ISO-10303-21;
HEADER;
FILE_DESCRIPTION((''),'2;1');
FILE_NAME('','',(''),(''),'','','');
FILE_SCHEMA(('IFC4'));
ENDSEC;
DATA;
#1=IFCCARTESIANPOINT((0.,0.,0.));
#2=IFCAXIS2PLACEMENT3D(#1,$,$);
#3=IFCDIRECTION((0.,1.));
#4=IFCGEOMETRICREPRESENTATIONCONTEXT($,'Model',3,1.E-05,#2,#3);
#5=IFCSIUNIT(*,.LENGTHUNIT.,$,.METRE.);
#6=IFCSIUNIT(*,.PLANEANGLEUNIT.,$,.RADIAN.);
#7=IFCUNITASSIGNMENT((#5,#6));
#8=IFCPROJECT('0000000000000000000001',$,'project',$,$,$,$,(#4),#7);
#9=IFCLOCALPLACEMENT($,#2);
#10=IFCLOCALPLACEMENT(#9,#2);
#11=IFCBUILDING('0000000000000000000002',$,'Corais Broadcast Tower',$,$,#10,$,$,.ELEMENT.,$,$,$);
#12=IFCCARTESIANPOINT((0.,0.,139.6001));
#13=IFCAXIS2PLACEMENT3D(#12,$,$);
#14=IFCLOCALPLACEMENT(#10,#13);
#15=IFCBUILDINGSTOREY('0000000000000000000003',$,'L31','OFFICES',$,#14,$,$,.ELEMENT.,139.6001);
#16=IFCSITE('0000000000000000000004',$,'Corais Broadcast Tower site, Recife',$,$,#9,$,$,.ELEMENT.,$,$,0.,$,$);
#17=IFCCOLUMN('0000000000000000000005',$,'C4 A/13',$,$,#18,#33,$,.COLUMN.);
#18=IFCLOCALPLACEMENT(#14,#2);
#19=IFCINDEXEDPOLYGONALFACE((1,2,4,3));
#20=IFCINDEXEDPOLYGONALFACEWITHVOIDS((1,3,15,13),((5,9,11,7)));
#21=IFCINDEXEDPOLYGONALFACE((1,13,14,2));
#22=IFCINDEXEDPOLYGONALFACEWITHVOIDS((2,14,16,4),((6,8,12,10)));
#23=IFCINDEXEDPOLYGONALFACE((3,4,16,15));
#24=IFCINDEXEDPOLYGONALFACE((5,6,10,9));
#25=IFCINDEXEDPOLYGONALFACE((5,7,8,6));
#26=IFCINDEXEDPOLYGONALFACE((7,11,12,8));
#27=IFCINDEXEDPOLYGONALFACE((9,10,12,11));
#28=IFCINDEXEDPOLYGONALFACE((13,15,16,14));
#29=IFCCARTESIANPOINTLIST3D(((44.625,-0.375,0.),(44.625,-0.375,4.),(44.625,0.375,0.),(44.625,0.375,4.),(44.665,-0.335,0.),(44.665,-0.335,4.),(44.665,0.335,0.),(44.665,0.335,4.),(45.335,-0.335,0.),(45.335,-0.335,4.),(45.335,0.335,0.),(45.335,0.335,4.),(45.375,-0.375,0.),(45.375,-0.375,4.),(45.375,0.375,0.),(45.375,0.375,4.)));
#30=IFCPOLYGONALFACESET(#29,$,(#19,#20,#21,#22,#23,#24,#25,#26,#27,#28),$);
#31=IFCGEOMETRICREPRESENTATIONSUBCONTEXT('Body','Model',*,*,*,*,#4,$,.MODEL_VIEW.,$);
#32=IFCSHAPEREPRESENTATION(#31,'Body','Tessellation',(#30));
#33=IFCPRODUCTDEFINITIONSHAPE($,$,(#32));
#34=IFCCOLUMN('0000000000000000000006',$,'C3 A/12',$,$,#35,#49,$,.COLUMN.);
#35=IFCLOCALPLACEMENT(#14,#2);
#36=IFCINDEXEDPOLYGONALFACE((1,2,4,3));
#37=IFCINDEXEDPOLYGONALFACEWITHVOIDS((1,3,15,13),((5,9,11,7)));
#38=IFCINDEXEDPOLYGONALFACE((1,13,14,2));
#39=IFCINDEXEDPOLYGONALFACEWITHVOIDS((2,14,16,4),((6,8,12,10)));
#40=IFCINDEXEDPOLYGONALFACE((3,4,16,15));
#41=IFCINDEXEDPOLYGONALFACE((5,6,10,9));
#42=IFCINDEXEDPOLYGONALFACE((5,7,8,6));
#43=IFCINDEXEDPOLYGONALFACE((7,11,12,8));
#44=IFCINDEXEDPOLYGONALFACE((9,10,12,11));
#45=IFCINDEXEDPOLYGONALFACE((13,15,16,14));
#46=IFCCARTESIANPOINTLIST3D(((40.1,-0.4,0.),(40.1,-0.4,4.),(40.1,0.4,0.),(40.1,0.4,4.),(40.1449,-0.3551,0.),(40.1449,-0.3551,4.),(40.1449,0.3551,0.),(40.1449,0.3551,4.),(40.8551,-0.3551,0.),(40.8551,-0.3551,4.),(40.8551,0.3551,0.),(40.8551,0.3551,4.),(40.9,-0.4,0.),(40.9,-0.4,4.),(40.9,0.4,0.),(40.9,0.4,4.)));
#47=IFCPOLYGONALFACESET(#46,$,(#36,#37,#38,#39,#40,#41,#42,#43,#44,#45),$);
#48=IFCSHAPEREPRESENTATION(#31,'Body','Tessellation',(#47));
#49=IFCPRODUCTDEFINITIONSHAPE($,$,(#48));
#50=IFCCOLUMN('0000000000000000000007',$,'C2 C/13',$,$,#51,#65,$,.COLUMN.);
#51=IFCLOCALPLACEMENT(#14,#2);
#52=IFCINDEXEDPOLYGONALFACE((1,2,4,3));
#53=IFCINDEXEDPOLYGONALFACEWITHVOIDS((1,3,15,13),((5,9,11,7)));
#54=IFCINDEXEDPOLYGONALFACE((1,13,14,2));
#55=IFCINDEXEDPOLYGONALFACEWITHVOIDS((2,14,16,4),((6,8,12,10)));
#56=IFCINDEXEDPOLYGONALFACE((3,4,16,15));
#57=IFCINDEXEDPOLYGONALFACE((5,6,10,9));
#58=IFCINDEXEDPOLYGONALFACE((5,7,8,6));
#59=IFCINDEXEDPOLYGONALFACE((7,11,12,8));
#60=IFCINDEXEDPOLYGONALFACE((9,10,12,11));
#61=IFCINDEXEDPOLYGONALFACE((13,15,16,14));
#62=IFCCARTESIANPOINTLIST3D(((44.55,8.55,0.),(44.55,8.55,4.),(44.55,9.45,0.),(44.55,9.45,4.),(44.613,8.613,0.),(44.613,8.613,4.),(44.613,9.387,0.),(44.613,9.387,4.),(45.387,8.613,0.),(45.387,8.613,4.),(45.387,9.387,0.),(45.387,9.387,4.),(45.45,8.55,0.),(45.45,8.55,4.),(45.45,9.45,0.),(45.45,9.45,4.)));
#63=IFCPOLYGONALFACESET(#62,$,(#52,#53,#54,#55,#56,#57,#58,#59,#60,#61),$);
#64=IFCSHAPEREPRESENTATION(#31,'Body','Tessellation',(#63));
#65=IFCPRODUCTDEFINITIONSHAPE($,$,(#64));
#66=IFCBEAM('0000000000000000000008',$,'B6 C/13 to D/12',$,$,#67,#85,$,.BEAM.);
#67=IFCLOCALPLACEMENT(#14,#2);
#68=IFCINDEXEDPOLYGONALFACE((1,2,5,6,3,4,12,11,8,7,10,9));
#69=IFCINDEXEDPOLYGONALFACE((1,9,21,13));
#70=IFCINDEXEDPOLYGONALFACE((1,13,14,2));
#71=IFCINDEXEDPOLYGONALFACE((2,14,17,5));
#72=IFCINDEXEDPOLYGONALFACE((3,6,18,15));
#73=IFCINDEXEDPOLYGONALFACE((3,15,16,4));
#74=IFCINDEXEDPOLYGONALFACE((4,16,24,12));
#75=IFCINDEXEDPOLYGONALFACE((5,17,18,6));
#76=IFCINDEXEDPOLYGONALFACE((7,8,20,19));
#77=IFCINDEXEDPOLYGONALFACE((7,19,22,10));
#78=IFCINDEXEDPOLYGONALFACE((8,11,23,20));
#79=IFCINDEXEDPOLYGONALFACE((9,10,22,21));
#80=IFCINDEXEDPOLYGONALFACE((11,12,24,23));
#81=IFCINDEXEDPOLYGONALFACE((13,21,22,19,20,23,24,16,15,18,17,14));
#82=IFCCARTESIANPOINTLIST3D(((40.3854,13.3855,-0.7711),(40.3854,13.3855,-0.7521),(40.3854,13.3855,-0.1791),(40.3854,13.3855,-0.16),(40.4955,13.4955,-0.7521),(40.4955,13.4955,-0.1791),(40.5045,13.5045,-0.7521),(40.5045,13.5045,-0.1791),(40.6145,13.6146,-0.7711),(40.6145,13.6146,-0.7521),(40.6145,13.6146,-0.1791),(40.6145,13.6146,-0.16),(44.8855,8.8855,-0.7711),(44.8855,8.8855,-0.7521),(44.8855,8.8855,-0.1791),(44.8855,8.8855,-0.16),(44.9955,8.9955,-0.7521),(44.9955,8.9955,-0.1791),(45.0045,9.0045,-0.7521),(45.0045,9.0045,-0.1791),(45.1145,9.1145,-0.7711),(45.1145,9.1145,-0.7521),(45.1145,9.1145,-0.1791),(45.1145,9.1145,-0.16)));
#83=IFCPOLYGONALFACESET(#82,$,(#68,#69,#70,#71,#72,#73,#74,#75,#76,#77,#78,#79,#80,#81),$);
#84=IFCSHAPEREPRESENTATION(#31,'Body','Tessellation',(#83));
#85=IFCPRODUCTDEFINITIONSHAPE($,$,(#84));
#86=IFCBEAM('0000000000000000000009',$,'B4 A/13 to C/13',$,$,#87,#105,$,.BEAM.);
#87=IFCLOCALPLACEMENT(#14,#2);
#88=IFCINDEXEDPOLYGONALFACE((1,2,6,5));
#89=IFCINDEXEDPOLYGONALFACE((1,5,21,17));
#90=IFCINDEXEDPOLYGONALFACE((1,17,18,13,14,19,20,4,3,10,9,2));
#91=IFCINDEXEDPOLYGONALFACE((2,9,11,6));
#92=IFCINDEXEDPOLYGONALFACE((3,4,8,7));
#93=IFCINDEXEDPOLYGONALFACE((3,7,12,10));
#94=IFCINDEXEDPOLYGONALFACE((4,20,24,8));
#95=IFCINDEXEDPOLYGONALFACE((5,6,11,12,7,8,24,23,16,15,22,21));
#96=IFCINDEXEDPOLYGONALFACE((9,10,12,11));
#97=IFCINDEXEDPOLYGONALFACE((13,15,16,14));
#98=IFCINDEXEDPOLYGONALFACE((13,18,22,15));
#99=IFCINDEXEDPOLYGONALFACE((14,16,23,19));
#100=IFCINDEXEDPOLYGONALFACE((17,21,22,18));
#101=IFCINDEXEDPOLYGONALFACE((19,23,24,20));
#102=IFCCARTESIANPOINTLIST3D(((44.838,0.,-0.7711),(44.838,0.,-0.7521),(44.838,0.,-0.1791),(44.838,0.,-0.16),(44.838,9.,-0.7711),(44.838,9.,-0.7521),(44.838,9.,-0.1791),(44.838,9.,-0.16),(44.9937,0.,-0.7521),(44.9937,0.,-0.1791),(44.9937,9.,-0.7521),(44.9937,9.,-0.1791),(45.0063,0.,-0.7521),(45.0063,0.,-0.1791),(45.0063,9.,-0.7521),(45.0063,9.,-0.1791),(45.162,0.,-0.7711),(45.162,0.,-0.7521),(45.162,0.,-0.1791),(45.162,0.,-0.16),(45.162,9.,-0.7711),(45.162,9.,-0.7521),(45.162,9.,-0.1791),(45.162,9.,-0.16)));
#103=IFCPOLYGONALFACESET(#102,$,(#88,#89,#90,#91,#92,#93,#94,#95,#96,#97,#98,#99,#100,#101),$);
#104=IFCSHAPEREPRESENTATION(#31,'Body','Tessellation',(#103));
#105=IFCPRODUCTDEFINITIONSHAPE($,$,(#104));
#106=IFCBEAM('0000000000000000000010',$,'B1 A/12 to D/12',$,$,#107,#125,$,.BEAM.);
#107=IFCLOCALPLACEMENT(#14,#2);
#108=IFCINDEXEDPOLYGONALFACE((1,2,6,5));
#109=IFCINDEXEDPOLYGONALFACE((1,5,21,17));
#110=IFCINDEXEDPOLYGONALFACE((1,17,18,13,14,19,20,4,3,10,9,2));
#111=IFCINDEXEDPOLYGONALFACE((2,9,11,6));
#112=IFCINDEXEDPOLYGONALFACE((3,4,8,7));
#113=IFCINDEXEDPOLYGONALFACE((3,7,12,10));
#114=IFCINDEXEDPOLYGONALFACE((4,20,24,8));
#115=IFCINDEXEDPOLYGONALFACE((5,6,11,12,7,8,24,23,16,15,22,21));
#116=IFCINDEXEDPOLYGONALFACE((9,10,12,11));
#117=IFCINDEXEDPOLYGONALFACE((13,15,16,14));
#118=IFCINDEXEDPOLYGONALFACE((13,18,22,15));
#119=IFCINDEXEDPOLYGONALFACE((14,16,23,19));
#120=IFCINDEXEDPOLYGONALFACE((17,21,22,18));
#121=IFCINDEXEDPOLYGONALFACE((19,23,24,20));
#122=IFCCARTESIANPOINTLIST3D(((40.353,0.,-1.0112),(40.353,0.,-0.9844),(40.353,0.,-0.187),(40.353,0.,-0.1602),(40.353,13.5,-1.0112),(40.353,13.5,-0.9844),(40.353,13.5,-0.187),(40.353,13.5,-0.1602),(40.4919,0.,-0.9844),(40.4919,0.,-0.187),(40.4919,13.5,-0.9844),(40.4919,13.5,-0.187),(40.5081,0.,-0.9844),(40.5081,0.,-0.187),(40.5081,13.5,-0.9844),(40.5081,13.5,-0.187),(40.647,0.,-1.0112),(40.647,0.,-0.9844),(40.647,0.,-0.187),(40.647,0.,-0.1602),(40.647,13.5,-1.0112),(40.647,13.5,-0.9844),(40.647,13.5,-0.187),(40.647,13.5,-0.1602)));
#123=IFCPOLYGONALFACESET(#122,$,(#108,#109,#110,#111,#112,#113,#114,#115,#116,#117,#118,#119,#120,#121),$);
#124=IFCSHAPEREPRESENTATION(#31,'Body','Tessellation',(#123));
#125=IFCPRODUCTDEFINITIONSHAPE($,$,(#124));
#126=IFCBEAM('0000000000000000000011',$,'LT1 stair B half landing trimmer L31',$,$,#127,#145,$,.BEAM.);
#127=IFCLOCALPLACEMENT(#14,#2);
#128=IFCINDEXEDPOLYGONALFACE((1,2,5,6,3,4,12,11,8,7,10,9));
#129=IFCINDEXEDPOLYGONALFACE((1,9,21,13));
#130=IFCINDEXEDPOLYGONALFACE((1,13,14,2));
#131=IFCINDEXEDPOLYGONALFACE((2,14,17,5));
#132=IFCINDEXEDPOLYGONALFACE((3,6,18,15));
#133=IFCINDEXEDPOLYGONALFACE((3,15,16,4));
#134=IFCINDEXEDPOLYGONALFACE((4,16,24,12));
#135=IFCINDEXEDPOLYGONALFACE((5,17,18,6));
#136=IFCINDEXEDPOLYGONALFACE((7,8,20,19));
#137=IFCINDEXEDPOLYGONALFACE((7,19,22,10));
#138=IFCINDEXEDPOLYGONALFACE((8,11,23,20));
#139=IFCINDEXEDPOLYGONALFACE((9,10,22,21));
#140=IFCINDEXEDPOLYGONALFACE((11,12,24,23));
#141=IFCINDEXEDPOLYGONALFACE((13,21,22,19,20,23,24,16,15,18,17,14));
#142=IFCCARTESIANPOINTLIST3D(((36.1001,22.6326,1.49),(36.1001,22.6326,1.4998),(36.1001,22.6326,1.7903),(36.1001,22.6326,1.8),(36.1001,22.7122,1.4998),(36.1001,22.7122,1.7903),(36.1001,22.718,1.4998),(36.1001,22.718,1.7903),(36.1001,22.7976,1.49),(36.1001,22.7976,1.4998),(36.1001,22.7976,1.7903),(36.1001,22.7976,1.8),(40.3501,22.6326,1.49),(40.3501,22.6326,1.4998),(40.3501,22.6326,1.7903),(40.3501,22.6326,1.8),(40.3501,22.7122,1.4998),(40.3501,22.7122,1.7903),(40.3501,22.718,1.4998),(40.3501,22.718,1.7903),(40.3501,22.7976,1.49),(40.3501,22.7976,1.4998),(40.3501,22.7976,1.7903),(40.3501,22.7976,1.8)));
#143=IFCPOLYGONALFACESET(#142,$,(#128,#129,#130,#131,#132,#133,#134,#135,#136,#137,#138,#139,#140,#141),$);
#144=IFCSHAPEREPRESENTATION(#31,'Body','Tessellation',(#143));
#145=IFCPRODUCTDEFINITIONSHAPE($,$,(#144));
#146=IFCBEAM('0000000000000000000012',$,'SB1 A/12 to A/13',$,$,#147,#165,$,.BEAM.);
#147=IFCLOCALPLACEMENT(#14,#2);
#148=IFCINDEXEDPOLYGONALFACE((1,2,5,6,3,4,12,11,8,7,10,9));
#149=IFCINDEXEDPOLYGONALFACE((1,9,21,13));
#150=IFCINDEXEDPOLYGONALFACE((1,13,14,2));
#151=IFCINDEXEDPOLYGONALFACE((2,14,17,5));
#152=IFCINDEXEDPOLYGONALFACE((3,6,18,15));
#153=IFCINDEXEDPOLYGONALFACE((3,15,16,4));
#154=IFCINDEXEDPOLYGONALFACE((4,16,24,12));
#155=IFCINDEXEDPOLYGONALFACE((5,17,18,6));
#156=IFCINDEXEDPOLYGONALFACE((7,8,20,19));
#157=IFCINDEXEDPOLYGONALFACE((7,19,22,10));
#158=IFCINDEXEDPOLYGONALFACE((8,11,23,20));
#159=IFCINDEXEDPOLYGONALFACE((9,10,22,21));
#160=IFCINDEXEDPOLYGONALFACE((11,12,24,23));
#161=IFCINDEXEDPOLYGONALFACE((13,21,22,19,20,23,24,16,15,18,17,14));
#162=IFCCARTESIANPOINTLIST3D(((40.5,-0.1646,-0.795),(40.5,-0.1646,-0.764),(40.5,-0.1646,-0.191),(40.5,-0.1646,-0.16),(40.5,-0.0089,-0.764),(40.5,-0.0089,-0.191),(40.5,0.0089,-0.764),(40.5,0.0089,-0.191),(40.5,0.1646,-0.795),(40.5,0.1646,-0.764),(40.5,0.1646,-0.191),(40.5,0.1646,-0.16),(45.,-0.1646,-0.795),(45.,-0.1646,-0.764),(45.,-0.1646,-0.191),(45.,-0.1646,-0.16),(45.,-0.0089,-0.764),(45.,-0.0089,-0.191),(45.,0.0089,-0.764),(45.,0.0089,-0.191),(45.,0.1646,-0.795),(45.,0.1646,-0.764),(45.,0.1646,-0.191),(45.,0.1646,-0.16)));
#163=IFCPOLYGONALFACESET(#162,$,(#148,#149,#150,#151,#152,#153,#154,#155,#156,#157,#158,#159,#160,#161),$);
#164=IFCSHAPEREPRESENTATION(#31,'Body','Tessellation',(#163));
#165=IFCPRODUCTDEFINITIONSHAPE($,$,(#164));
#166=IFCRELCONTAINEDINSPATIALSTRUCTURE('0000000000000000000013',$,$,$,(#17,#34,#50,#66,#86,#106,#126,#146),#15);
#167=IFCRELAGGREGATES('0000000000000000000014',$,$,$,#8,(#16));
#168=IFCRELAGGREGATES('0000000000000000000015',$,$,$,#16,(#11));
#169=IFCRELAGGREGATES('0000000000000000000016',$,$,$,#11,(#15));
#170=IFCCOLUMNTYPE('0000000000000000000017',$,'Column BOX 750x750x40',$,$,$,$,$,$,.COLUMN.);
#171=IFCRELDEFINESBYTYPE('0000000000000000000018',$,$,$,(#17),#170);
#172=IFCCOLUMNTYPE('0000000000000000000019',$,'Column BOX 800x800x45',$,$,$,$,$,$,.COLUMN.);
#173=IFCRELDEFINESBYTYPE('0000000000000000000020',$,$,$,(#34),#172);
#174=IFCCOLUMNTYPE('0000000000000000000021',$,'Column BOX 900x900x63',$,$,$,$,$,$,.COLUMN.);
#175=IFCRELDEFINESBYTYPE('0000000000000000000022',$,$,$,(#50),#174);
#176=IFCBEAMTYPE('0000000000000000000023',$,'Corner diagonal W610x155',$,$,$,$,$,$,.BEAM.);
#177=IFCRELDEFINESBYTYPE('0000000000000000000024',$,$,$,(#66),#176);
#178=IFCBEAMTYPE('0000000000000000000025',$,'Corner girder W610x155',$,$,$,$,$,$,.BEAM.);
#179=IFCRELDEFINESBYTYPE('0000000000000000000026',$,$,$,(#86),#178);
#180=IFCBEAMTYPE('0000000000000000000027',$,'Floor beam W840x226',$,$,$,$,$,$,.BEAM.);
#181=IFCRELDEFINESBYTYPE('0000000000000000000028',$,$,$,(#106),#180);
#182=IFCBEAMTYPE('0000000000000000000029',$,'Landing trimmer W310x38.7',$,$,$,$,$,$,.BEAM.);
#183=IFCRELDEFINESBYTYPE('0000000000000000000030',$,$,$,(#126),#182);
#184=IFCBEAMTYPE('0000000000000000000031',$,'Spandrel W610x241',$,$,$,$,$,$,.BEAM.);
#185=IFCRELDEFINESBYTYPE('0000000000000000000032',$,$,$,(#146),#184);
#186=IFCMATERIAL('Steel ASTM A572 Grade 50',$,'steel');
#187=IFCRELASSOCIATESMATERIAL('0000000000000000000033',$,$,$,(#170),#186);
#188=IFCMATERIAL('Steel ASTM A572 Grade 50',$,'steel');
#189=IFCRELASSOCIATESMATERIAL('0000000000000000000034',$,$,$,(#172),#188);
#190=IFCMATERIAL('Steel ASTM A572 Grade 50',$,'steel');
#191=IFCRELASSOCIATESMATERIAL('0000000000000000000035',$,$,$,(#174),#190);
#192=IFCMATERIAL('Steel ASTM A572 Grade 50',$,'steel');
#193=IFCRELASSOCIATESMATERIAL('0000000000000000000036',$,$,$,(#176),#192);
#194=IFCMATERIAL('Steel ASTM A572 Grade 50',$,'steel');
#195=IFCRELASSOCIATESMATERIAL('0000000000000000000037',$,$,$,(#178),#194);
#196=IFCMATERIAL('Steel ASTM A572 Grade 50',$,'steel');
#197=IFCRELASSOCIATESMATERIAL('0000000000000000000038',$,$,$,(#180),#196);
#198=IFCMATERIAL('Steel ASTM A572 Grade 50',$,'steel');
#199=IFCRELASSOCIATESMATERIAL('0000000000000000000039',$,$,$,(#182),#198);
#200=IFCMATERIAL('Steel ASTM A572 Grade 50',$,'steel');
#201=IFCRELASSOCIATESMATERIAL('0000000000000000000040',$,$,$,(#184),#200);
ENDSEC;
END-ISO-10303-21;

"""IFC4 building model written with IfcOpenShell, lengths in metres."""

from ifc_helpers import new_model, si_unit, direction, frame, origin, origin_2d, place, context, subcontext, project, spatial, hollow_rectangle, i_section, extrude, material, material_profile, profile_set, type_object, element, save


model = new_model("IFC4")

# Units and contexts
model_context = context("Model", 3, precision=1e-05, world=origin(), true_north=direction((0.0, 1.0)))
body_context = subcontext(model_context, "Body", "Model", "MODEL_VIEW")
ifc_project = project(units=[si_unit("LENGTHUNIT", "METRE"), si_unit("PLANEANGLEUNIT", "RADIAN")], contexts=[model_context])

# Site, building, storey
site_placement = place(None, origin())
site = spatial("IfcSite", under=ifc_project, at=site_placement, Name="Corais Broadcast Tower site, Recife", CompositionType="ELEMENT", RefElevation=0.0)
building_placement = place(site_placement, origin())
building = spatial("IfcBuilding", under=site, at=building_placement, Name="Corais Broadcast Tower", CompositionType="ELEMENT")
storey_placement = place(building_placement, frame((0.0, 0.0, 139.6001)))
storey = spatial("IfcBuildingStorey", under=building, at=storey_placement, Name="L31", Description="OFFICES", CompositionType="ELEMENT", Elevation=139.6001)

# Columns
ifc_material_1 = material(Name="Steel ASTM A572 Grade 50", Category="steel")
ifc_material_profile_1 = material_profile(ifc_material_1, hollow_rectangle(XDim=0.75, YDim=0.75, WallThickness=0.04, at=origin_2d()), Name="BOX 750x750x40")
ifc_profile_set_1 = profile_set([ifc_material_profile_1], Name="Steel ASTM A572 Grade 50")
column_type_1 = type_object("IfcColumnType", Name="Column BOX 750x750x40", PredefinedType="COLUMN", material=ifc_profile_set_1)
column_1_placement = place(storey_placement, frame((45.0, 0.0, 0.0), z_axis=(0.0, 0.0, 1.0), x_axis=(1.0, 0.0, 0.0)))
element("IfcColumn", 1, at=column_1_placement, inside=storey, type_object=column_type_1, Name="C4 A/13", PredefinedType="COLUMN", context=body_context, shape_type="SweptSolid", body=[
    extrude(hollow_rectangle(XDim=0.75, YDim=0.75, WallThickness=0.04, at=origin_2d()), origin(), (0.0, 0.0, 1.0), 4.0),
])
ifc_material_2 = material(Name="Steel ASTM A572 Grade 50", Category="steel")
ifc_material_profile_2 = material_profile(ifc_material_2, hollow_rectangle(XDim=0.8, YDim=0.8, WallThickness=0.0449, at=origin_2d()), Name="BOX 800x800x45")
ifc_profile_set_2 = profile_set([ifc_material_profile_2], Name="Steel ASTM A572 Grade 50")
column_type_2 = type_object("IfcColumnType", Name="Column BOX 800x800x45", PredefinedType="COLUMN", material=ifc_profile_set_2)
column_2_placement = place(storey_placement, frame((40.5, 0.0, 0.0), z_axis=(0.0, 0.0, 1.0), x_axis=(1.0, 0.0, 0.0)))
element("IfcColumn", 2, at=column_2_placement, inside=storey, type_object=column_type_2, Name="C3 A/12", PredefinedType="COLUMN", context=body_context, shape_type="SweptSolid", body=[
    extrude(hollow_rectangle(XDim=0.8, YDim=0.8, WallThickness=0.0449, at=origin_2d()), origin(), (0.0, 0.0, 1.0), 4.0),
])
ifc_material_3 = material(Name="Steel ASTM A572 Grade 50", Category="steel")
ifc_material_profile_3 = material_profile(ifc_material_3, hollow_rectangle(XDim=0.8999, YDim=0.8999, WallThickness=0.063, at=origin_2d()), Name="BOX 900x900x63")
ifc_profile_set_3 = profile_set([ifc_material_profile_3], Name="Steel ASTM A572 Grade 50")
column_type_3 = type_object("IfcColumnType", Name="Column BOX 900x900x63", PredefinedType="COLUMN", material=ifc_profile_set_3)
column_3_placement = place(storey_placement, frame((45.0, 9.0, 0.0), z_axis=(0.0, 0.0, 1.0), x_axis=(1.0, 0.0, 0.0)))
element("IfcColumn", 3, at=column_3_placement, inside=storey, type_object=column_type_3, Name="C2 C/13", PredefinedType="COLUMN", context=body_context, shape_type="SweptSolid", body=[
    extrude(hollow_rectangle(XDim=0.8999, YDim=0.8999, WallThickness=0.063, at=origin_2d()), origin(), (0.0, 0.0, 1.0), 4.0),
])

# Beams
ifc_material_4 = material(Name="Steel ASTM A572 Grade 50", Category="steel")
ifc_material_profile_4 = material_profile(ifc_material_4, i_section(OverallWidth=0.324, OverallDepth=0.6111, WebThickness=0.0127, FlangeThickness=0.019, at=origin_2d()), Name="W610x155")
ifc_profile_set_4 = profile_set([ifc_material_profile_4], Name="Steel ASTM A572 Grade 50")
beam_type_1 = type_object("IfcBeamType", Name="Corner diagonal W610x155", PredefinedType="BEAM", material=ifc_profile_set_4)
beam_1_placement = place(storey_placement, frame((45.0, 9.0, -0.4656), z_axis=(-0.707107, 0.707107, 0.0), x_axis=(-0.707107, -0.707107, 0.0)))
element("IfcBeam", 4, at=beam_1_placement, inside=storey, type_object=beam_type_1, Name="B6 C/13 to D/12", PredefinedType="BEAM", context=body_context, shape_type="SweptSolid", body=[
    extrude(i_section(OverallWidth=0.324, OverallDepth=0.6111, WebThickness=0.0127, FlangeThickness=0.019, at=origin_2d()), origin(), (0.0, 0.0, 1.0), 6.364),
])
ifc_material_5 = material(Name="Steel ASTM A572 Grade 50", Category="steel")
ifc_material_profile_5 = material_profile(ifc_material_5, i_section(OverallWidth=0.324, OverallDepth=0.6111, WebThickness=0.0127, FlangeThickness=0.019, at=origin_2d()), Name="W610x155")
ifc_profile_set_5 = profile_set([ifc_material_profile_5], Name="Steel ASTM A572 Grade 50")
beam_type_2 = type_object("IfcBeamType", Name="Corner girder W610x155", PredefinedType="BEAM", material=ifc_profile_set_5)
beam_2_placement = place(storey_placement, frame((45.0, 0.0, -0.4656), z_axis=(0.0, 1.0, 0.0), x_axis=(-1.0, 0.0, 0.0)))
element("IfcBeam", 5, at=beam_2_placement, inside=storey, type_object=beam_type_2, Name="B4 A/13 to C/13", PredefinedType="BEAM", context=body_context, shape_type="SweptSolid", body=[
    extrude(i_section(OverallWidth=0.324, OverallDepth=0.6111, WebThickness=0.0127, FlangeThickness=0.019, at=origin_2d()), origin(), (0.0, 0.0, 1.0), 9.0),
])
ifc_material_6 = material(Name="Steel ASTM A572 Grade 50", Category="steel")
ifc_material_profile_6 = material_profile(ifc_material_6, i_section(OverallWidth=0.2939, OverallDepth=0.8511, WebThickness=0.0161, FlangeThickness=0.0269, at=origin_2d()), Name="W840x226")
ifc_profile_set_6 = profile_set([ifc_material_profile_6], Name="Steel ASTM A572 Grade 50")
beam_type_3 = type_object("IfcBeamType", Name="Floor beam W840x226", PredefinedType="BEAM", material=ifc_profile_set_6)
beam_3_placement = place(storey_placement, frame((40.5, 0.0, -0.5857), z_axis=(0.0, 1.0, 0.0), x_axis=(-1.0, 0.0, 0.0)))
element("IfcBeam", 6, at=beam_3_placement, inside=storey, type_object=beam_type_3, Name="B1 A/12 to D/12", PredefinedType="BEAM", context=body_context, shape_type="SweptSolid", body=[
    extrude(i_section(OverallWidth=0.2939, OverallDepth=0.8511, WebThickness=0.0161, FlangeThickness=0.0269, at=origin_2d()), origin(), (0.0, 0.0, 1.0), 13.5),
])
ifc_material_7 = material(Name="Steel ASTM A572 Grade 50", Category="steel")
ifc_material_profile_7 = material_profile(ifc_material_7, i_section(OverallWidth=0.165, OverallDepth=0.3101, WebThickness=0.0059, FlangeThickness=0.0098, at=origin_2d()), Name="W310x38.7")
ifc_profile_set_7 = profile_set([ifc_material_profile_7], Name="Steel ASTM A572 Grade 50")
beam_type_4 = type_object("IfcBeamType", Name="Landing trimmer W310x38.7", PredefinedType="BEAM", material=ifc_profile_set_7)
beam_4_placement = place(storey_placement, frame((36.1001, 22.7151, 1.645), z_axis=(1.0, 0.0, 0.0), x_axis=(0.0, 1.0, 0.0)))
element("IfcBeam", 7, at=beam_4_placement, inside=storey, type_object=beam_type_4, Name="LT1 stair B half landing trimmer L31", PredefinedType="BEAM", context=body_context, shape_type="SweptSolid", body=[
    extrude(i_section(OverallWidth=0.165, OverallDepth=0.3101, WebThickness=0.0059, FlangeThickness=0.0098, at=origin_2d()), origin(), (0.0, 0.0, 1.0), 4.25),
])
ifc_material_8 = material(Name="Steel ASTM A572 Grade 50", Category="steel")
ifc_material_profile_8 = material_profile(ifc_material_8, i_section(OverallWidth=0.3291, OverallDepth=0.635, WebThickness=0.0178, FlangeThickness=0.031, at=origin_2d()), Name="W610x241")
ifc_profile_set_8 = profile_set([ifc_material_profile_8], Name="Steel ASTM A572 Grade 50")
beam_type_5 = type_object("IfcBeamType", Name="Spandrel W610x241", PredefinedType="BEAM", material=ifc_profile_set_8)
beam_5_placement = place(storey_placement, frame((40.5, 0.0, -0.4775), z_axis=(1.0, 0.0, 0.0), x_axis=(0.0, 1.0, 0.0)))
element("IfcBeam", 8, at=beam_5_placement, inside=storey, type_object=beam_type_5, Name="SB1 A/12 to A/13", PredefinedType="BEAM", context=body_context, shape_type="SweptSolid", body=[
    extrude(i_section(OverallWidth=0.3291, OverallDepth=0.635, WebThickness=0.0178, FlangeThickness=0.031, at=origin_2d()), origin(), (0.0, 0.0, 1.0), 4.5),
])

save(model, "model.ifc")
